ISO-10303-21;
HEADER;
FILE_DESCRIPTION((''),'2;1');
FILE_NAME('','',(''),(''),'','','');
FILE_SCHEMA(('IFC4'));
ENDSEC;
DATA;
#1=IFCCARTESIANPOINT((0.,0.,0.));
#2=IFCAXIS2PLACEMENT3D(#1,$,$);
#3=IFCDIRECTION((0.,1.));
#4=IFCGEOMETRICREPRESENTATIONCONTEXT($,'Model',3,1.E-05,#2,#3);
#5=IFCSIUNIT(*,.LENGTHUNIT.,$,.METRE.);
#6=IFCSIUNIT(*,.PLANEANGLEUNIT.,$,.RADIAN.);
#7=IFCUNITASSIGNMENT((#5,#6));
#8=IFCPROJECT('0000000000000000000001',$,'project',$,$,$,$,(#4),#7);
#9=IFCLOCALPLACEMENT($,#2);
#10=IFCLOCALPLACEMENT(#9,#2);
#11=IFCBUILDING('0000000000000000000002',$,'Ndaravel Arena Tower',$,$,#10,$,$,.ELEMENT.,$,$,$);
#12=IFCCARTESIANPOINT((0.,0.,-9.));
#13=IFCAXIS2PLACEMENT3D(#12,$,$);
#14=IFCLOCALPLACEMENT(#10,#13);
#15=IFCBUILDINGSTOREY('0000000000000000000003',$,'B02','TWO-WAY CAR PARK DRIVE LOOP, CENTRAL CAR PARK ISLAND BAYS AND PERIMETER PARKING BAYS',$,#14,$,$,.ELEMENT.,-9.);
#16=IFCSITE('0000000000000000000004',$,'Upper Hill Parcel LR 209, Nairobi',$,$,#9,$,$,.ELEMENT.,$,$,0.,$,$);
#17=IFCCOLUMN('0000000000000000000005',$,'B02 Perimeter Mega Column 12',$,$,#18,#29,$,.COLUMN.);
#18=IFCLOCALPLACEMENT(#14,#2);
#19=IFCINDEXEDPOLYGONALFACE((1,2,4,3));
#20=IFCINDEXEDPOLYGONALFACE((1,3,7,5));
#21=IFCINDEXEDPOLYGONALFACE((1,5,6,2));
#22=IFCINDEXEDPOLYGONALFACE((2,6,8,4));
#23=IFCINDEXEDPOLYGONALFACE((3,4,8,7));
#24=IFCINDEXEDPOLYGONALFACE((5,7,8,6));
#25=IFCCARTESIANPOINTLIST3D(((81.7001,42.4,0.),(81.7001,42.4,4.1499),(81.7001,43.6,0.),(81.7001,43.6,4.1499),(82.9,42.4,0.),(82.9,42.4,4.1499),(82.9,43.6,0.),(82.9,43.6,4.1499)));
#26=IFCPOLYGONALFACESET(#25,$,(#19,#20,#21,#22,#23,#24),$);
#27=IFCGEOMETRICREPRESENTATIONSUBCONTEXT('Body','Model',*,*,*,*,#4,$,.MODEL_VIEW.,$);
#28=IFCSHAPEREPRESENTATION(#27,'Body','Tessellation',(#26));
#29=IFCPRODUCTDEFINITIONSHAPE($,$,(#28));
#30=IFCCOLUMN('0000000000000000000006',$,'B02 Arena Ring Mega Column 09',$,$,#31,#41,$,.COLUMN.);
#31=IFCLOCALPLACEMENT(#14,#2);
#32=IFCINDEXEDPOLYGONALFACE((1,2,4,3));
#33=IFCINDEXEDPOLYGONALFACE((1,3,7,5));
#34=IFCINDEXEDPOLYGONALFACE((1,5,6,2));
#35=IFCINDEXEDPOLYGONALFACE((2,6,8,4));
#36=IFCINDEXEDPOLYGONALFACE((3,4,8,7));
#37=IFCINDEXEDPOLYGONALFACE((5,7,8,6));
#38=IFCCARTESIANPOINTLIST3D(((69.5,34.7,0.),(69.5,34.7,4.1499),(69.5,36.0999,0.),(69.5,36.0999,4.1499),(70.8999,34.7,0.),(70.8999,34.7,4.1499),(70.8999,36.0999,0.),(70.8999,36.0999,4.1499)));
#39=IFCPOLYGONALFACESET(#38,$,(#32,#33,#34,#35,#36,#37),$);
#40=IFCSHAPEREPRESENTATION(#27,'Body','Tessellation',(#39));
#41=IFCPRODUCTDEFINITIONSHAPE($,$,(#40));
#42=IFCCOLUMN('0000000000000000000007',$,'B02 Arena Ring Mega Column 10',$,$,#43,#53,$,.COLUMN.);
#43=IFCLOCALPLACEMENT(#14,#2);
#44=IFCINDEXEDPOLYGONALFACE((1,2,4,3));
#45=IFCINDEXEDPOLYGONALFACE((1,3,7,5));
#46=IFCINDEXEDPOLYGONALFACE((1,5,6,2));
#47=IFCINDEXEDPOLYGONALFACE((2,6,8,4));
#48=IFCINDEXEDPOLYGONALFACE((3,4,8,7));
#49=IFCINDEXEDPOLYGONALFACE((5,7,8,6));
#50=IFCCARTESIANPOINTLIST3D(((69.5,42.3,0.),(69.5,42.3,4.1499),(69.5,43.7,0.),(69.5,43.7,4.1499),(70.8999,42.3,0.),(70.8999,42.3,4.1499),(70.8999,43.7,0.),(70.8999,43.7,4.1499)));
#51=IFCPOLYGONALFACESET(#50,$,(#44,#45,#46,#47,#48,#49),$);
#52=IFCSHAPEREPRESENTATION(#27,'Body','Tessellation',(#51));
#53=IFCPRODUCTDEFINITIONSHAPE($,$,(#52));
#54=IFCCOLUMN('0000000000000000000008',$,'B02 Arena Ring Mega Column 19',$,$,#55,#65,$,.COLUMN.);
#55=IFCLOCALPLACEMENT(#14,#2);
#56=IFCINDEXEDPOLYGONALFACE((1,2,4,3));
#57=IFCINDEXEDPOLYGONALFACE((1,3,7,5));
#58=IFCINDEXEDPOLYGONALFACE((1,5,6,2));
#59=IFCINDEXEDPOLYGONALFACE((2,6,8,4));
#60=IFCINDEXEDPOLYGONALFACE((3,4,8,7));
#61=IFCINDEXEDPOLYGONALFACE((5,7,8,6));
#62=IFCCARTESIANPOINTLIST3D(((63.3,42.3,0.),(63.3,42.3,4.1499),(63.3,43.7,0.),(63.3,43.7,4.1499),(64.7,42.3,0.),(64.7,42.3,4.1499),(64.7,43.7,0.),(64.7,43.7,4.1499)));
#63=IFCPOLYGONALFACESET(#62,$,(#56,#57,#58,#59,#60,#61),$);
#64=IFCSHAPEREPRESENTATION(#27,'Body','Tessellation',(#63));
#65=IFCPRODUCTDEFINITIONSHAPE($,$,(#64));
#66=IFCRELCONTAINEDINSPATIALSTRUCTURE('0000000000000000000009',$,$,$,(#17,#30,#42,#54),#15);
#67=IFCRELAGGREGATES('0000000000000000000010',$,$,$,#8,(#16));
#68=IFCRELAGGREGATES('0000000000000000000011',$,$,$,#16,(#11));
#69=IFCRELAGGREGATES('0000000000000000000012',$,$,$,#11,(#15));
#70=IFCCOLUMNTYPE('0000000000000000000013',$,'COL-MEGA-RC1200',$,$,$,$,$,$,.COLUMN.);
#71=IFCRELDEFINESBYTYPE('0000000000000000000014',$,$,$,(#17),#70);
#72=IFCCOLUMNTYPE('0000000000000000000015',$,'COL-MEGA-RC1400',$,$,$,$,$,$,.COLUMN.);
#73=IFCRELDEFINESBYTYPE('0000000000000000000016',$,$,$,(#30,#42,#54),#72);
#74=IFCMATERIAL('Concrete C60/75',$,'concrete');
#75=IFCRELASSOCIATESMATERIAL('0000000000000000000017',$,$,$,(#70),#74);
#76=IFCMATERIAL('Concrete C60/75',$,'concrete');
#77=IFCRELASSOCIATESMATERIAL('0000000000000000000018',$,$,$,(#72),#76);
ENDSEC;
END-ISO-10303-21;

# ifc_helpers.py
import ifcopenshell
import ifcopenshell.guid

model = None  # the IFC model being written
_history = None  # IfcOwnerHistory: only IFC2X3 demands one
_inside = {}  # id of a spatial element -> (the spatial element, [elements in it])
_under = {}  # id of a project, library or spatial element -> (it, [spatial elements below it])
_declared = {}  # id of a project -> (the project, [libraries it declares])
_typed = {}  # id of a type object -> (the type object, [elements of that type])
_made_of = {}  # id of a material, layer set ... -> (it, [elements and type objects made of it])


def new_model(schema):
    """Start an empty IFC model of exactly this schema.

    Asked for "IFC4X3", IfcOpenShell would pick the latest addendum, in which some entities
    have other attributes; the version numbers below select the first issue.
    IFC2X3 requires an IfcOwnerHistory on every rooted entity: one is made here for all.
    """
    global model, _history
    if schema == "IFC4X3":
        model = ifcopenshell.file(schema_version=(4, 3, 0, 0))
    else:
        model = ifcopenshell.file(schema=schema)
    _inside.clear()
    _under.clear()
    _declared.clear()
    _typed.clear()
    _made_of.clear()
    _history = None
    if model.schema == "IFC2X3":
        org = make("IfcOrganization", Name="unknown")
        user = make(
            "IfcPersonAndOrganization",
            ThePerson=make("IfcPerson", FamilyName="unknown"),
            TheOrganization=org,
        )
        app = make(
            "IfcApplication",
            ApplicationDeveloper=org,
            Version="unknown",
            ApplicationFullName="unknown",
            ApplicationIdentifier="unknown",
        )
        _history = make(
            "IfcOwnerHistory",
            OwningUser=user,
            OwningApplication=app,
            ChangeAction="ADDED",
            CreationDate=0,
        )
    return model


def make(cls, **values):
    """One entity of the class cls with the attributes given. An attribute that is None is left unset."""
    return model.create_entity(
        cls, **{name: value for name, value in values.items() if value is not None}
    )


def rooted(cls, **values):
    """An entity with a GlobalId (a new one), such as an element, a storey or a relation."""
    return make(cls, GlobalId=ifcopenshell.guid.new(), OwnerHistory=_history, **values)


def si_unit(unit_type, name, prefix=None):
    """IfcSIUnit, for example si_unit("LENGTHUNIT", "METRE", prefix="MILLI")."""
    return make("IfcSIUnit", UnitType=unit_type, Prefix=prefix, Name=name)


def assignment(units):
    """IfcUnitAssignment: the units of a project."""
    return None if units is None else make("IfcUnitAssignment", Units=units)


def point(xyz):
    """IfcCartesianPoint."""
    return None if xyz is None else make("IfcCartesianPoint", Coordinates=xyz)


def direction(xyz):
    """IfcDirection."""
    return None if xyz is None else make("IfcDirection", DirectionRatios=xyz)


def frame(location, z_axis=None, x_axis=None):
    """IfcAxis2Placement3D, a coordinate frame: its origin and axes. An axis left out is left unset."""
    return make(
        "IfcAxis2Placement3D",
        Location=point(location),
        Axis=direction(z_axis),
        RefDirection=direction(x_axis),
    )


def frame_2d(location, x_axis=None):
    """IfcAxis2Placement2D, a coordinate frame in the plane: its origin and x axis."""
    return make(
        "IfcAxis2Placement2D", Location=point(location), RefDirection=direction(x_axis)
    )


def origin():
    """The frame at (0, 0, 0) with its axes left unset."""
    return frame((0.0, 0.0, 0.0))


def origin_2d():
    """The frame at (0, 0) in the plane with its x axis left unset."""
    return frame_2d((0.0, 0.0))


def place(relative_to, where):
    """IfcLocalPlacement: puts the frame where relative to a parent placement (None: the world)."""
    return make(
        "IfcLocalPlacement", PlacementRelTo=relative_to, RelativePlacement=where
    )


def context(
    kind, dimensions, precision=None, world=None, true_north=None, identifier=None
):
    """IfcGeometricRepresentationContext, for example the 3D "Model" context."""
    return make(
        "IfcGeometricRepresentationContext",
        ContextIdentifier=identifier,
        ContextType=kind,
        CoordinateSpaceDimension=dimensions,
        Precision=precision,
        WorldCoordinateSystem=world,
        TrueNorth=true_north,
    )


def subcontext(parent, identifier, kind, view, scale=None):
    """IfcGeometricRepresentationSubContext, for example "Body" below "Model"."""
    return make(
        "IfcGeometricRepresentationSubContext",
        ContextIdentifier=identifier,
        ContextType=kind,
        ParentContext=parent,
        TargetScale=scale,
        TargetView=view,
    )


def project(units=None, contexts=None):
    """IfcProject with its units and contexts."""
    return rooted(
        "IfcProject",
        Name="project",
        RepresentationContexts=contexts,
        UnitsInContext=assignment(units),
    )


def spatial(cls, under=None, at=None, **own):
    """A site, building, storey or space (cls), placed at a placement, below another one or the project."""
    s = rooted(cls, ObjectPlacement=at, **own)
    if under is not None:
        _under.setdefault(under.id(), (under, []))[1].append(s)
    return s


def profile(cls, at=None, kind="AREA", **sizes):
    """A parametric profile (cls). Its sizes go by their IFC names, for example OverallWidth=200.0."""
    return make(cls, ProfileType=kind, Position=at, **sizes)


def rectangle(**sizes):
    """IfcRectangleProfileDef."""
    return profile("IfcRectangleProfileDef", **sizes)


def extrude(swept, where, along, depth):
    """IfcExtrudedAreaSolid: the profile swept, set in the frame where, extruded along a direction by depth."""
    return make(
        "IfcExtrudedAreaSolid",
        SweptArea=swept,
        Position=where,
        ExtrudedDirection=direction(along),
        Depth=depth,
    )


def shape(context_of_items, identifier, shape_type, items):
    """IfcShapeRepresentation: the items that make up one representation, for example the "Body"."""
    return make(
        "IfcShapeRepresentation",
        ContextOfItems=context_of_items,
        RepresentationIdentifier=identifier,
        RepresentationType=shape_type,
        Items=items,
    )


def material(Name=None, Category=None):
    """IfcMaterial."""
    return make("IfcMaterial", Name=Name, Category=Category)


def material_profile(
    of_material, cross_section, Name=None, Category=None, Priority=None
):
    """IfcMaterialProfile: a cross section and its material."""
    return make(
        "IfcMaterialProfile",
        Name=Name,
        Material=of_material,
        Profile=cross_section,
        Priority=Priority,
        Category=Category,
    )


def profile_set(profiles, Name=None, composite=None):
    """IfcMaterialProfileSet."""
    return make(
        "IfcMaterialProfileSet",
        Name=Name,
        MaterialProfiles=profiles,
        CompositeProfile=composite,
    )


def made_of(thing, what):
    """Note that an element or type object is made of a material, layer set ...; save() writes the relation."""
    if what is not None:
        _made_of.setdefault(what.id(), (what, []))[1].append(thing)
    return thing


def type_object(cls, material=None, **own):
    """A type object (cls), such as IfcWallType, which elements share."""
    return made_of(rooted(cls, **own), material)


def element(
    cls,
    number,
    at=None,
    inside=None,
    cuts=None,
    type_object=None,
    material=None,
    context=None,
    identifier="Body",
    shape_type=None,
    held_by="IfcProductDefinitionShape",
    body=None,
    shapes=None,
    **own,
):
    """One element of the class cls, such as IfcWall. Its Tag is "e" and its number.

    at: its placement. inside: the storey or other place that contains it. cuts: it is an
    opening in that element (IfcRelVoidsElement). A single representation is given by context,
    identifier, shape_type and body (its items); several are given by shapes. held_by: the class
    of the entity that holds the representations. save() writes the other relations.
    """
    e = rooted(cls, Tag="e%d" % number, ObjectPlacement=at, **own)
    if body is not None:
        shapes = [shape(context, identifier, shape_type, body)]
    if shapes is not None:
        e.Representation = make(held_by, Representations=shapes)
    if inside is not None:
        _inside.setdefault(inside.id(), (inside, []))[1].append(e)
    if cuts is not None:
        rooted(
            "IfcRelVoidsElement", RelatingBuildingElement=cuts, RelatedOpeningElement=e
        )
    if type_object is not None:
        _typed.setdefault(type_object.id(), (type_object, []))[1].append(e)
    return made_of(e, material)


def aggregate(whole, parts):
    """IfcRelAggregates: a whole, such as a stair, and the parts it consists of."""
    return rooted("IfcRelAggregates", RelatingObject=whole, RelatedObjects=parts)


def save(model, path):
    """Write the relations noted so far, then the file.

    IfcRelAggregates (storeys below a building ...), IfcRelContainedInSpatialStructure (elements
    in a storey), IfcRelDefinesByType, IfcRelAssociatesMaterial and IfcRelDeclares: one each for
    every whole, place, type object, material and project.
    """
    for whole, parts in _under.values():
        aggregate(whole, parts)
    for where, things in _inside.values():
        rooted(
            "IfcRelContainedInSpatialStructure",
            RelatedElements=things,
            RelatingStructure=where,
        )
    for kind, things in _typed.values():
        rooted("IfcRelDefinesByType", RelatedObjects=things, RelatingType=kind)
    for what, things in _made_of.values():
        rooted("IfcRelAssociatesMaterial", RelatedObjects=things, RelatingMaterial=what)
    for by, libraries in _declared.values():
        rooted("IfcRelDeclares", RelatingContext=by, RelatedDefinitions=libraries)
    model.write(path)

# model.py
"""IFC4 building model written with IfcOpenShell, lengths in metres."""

from ifc_helpers import new_model, si_unit, direction, frame, origin, origin_2d, place, context, subcontext, project, spatial, rectangle, extrude, material, material_profile, profile_set, type_object, element, save


model = new_model("IFC4")

# Units and contexts
model_context = context("Model", 3, precision=1e-05, world=origin(), true_north=direction((0.0, 1.0)))
body_context = subcontext(model_context, "Body", "Model", "MODEL_VIEW")
ifc_project = project(units=[si_unit("LENGTHUNIT", "METRE"), si_unit("PLANEANGLEUNIT", "RADIAN")], contexts=[model_context])

# Site, building, storey
site_placement = place(None, origin())
site = spatial("IfcSite", under=ifc_project, at=site_placement, Name="Upper Hill Parcel LR 209, Nairobi", CompositionType="ELEMENT", RefElevation=0.0)
building_placement = place(site_placement, origin())
building = spatial("IfcBuilding", under=site, at=building_placement, Name="Ndaravel Arena Tower", CompositionType="ELEMENT")
storey_placement = place(building_placement, frame((0.0, 0.0, -9.0)))
storey = spatial("IfcBuildingStorey", under=building, at=storey_placement, Name="B02", Description="TWO-WAY CAR PARK DRIVE LOOP, CENTRAL CAR PARK ISLAND BAYS AND PERIMETER PARKING BAYS", CompositionType="ELEMENT", Elevation=-9.0)

# Columns
ifc_material_1 = material(Name="Concrete C60/75", Category="concrete")
ifc_material_profile_1 = material_profile(ifc_material_1, rectangle(XDim=1.2, YDim=1.2, at=origin_2d()), Name="RC 1200x1200")
ifc_profile_set_1 = profile_set([ifc_material_profile_1], Name="Concrete C60/75")
column_type_1 = type_object("IfcColumnType", Name="COL-MEGA-RC1200", PredefinedType="COLUMN", material=ifc_profile_set_1)
for number, where, z_axis, x_axis, name in (
    (1, (82.3, 43.0, 0.0), (0.0, 0.0, 1.0), (1.0, 0.0, 0.0), "B02 Perimeter Mega Column 12"),
):
    element("IfcColumn", number, at=place(storey_placement, frame(where, z_axis=z_axis, x_axis=x_axis)), inside=storey, type_object=column_type_1, Name=name, PredefinedType="COLUMN", context=body_context, shape_type="SweptSolid", body=[
        extrude(rectangle(XDim=1.2, YDim=1.2, at=origin_2d()), origin(), (0.0, 0.0, 1.0), 4.1499),
    ])
ifc_material_2 = material(Name="Concrete C60/75", Category="concrete")
ifc_material_profile_2 = material_profile(ifc_material_2, rectangle(XDim=1.3999, YDim=1.3999, at=origin_2d()), Name="RC 1400x1400")
ifc_profile_set_2 = profile_set([ifc_material_profile_2], Name="Concrete C60/75")
column_type_2 = type_object("IfcColumnType", Name="COL-MEGA-RC1400", PredefinedType="COLUMN", material=ifc_profile_set_2)
for number, where, z_axis, x_axis, name in (
    (2, (70.2, 35.3999, 0.0), (0.0, 0.0, 1.0), (1.0, 0.0, 0.0), "B02 Arena Ring Mega Column 09"),
    (3, (70.2, 43.0, 0.0), (0.0, 0.0, 1.0), (1.0, 0.0, 0.0), "B02 Arena Ring Mega Column 10"),
    (4, (64.0, 43.0, 0.0), (0.0, 0.0, 1.0), (1.0, 0.0, 0.0), "B02 Arena Ring Mega Column 19"),
):
    element("IfcColumn", number, at=place(storey_placement, frame(where, z_axis=z_axis, x_axis=x_axis)), inside=storey, type_object=column_type_2, Name=name, PredefinedType="COLUMN", context=body_context, shape_type="SweptSolid", body=[
        extrude(rectangle(XDim=1.3999, YDim=1.3999, at=origin_2d()), origin(), (0.0, 0.0, 1.0), 4.1499),
    ])

save(model, "model.ifc")
